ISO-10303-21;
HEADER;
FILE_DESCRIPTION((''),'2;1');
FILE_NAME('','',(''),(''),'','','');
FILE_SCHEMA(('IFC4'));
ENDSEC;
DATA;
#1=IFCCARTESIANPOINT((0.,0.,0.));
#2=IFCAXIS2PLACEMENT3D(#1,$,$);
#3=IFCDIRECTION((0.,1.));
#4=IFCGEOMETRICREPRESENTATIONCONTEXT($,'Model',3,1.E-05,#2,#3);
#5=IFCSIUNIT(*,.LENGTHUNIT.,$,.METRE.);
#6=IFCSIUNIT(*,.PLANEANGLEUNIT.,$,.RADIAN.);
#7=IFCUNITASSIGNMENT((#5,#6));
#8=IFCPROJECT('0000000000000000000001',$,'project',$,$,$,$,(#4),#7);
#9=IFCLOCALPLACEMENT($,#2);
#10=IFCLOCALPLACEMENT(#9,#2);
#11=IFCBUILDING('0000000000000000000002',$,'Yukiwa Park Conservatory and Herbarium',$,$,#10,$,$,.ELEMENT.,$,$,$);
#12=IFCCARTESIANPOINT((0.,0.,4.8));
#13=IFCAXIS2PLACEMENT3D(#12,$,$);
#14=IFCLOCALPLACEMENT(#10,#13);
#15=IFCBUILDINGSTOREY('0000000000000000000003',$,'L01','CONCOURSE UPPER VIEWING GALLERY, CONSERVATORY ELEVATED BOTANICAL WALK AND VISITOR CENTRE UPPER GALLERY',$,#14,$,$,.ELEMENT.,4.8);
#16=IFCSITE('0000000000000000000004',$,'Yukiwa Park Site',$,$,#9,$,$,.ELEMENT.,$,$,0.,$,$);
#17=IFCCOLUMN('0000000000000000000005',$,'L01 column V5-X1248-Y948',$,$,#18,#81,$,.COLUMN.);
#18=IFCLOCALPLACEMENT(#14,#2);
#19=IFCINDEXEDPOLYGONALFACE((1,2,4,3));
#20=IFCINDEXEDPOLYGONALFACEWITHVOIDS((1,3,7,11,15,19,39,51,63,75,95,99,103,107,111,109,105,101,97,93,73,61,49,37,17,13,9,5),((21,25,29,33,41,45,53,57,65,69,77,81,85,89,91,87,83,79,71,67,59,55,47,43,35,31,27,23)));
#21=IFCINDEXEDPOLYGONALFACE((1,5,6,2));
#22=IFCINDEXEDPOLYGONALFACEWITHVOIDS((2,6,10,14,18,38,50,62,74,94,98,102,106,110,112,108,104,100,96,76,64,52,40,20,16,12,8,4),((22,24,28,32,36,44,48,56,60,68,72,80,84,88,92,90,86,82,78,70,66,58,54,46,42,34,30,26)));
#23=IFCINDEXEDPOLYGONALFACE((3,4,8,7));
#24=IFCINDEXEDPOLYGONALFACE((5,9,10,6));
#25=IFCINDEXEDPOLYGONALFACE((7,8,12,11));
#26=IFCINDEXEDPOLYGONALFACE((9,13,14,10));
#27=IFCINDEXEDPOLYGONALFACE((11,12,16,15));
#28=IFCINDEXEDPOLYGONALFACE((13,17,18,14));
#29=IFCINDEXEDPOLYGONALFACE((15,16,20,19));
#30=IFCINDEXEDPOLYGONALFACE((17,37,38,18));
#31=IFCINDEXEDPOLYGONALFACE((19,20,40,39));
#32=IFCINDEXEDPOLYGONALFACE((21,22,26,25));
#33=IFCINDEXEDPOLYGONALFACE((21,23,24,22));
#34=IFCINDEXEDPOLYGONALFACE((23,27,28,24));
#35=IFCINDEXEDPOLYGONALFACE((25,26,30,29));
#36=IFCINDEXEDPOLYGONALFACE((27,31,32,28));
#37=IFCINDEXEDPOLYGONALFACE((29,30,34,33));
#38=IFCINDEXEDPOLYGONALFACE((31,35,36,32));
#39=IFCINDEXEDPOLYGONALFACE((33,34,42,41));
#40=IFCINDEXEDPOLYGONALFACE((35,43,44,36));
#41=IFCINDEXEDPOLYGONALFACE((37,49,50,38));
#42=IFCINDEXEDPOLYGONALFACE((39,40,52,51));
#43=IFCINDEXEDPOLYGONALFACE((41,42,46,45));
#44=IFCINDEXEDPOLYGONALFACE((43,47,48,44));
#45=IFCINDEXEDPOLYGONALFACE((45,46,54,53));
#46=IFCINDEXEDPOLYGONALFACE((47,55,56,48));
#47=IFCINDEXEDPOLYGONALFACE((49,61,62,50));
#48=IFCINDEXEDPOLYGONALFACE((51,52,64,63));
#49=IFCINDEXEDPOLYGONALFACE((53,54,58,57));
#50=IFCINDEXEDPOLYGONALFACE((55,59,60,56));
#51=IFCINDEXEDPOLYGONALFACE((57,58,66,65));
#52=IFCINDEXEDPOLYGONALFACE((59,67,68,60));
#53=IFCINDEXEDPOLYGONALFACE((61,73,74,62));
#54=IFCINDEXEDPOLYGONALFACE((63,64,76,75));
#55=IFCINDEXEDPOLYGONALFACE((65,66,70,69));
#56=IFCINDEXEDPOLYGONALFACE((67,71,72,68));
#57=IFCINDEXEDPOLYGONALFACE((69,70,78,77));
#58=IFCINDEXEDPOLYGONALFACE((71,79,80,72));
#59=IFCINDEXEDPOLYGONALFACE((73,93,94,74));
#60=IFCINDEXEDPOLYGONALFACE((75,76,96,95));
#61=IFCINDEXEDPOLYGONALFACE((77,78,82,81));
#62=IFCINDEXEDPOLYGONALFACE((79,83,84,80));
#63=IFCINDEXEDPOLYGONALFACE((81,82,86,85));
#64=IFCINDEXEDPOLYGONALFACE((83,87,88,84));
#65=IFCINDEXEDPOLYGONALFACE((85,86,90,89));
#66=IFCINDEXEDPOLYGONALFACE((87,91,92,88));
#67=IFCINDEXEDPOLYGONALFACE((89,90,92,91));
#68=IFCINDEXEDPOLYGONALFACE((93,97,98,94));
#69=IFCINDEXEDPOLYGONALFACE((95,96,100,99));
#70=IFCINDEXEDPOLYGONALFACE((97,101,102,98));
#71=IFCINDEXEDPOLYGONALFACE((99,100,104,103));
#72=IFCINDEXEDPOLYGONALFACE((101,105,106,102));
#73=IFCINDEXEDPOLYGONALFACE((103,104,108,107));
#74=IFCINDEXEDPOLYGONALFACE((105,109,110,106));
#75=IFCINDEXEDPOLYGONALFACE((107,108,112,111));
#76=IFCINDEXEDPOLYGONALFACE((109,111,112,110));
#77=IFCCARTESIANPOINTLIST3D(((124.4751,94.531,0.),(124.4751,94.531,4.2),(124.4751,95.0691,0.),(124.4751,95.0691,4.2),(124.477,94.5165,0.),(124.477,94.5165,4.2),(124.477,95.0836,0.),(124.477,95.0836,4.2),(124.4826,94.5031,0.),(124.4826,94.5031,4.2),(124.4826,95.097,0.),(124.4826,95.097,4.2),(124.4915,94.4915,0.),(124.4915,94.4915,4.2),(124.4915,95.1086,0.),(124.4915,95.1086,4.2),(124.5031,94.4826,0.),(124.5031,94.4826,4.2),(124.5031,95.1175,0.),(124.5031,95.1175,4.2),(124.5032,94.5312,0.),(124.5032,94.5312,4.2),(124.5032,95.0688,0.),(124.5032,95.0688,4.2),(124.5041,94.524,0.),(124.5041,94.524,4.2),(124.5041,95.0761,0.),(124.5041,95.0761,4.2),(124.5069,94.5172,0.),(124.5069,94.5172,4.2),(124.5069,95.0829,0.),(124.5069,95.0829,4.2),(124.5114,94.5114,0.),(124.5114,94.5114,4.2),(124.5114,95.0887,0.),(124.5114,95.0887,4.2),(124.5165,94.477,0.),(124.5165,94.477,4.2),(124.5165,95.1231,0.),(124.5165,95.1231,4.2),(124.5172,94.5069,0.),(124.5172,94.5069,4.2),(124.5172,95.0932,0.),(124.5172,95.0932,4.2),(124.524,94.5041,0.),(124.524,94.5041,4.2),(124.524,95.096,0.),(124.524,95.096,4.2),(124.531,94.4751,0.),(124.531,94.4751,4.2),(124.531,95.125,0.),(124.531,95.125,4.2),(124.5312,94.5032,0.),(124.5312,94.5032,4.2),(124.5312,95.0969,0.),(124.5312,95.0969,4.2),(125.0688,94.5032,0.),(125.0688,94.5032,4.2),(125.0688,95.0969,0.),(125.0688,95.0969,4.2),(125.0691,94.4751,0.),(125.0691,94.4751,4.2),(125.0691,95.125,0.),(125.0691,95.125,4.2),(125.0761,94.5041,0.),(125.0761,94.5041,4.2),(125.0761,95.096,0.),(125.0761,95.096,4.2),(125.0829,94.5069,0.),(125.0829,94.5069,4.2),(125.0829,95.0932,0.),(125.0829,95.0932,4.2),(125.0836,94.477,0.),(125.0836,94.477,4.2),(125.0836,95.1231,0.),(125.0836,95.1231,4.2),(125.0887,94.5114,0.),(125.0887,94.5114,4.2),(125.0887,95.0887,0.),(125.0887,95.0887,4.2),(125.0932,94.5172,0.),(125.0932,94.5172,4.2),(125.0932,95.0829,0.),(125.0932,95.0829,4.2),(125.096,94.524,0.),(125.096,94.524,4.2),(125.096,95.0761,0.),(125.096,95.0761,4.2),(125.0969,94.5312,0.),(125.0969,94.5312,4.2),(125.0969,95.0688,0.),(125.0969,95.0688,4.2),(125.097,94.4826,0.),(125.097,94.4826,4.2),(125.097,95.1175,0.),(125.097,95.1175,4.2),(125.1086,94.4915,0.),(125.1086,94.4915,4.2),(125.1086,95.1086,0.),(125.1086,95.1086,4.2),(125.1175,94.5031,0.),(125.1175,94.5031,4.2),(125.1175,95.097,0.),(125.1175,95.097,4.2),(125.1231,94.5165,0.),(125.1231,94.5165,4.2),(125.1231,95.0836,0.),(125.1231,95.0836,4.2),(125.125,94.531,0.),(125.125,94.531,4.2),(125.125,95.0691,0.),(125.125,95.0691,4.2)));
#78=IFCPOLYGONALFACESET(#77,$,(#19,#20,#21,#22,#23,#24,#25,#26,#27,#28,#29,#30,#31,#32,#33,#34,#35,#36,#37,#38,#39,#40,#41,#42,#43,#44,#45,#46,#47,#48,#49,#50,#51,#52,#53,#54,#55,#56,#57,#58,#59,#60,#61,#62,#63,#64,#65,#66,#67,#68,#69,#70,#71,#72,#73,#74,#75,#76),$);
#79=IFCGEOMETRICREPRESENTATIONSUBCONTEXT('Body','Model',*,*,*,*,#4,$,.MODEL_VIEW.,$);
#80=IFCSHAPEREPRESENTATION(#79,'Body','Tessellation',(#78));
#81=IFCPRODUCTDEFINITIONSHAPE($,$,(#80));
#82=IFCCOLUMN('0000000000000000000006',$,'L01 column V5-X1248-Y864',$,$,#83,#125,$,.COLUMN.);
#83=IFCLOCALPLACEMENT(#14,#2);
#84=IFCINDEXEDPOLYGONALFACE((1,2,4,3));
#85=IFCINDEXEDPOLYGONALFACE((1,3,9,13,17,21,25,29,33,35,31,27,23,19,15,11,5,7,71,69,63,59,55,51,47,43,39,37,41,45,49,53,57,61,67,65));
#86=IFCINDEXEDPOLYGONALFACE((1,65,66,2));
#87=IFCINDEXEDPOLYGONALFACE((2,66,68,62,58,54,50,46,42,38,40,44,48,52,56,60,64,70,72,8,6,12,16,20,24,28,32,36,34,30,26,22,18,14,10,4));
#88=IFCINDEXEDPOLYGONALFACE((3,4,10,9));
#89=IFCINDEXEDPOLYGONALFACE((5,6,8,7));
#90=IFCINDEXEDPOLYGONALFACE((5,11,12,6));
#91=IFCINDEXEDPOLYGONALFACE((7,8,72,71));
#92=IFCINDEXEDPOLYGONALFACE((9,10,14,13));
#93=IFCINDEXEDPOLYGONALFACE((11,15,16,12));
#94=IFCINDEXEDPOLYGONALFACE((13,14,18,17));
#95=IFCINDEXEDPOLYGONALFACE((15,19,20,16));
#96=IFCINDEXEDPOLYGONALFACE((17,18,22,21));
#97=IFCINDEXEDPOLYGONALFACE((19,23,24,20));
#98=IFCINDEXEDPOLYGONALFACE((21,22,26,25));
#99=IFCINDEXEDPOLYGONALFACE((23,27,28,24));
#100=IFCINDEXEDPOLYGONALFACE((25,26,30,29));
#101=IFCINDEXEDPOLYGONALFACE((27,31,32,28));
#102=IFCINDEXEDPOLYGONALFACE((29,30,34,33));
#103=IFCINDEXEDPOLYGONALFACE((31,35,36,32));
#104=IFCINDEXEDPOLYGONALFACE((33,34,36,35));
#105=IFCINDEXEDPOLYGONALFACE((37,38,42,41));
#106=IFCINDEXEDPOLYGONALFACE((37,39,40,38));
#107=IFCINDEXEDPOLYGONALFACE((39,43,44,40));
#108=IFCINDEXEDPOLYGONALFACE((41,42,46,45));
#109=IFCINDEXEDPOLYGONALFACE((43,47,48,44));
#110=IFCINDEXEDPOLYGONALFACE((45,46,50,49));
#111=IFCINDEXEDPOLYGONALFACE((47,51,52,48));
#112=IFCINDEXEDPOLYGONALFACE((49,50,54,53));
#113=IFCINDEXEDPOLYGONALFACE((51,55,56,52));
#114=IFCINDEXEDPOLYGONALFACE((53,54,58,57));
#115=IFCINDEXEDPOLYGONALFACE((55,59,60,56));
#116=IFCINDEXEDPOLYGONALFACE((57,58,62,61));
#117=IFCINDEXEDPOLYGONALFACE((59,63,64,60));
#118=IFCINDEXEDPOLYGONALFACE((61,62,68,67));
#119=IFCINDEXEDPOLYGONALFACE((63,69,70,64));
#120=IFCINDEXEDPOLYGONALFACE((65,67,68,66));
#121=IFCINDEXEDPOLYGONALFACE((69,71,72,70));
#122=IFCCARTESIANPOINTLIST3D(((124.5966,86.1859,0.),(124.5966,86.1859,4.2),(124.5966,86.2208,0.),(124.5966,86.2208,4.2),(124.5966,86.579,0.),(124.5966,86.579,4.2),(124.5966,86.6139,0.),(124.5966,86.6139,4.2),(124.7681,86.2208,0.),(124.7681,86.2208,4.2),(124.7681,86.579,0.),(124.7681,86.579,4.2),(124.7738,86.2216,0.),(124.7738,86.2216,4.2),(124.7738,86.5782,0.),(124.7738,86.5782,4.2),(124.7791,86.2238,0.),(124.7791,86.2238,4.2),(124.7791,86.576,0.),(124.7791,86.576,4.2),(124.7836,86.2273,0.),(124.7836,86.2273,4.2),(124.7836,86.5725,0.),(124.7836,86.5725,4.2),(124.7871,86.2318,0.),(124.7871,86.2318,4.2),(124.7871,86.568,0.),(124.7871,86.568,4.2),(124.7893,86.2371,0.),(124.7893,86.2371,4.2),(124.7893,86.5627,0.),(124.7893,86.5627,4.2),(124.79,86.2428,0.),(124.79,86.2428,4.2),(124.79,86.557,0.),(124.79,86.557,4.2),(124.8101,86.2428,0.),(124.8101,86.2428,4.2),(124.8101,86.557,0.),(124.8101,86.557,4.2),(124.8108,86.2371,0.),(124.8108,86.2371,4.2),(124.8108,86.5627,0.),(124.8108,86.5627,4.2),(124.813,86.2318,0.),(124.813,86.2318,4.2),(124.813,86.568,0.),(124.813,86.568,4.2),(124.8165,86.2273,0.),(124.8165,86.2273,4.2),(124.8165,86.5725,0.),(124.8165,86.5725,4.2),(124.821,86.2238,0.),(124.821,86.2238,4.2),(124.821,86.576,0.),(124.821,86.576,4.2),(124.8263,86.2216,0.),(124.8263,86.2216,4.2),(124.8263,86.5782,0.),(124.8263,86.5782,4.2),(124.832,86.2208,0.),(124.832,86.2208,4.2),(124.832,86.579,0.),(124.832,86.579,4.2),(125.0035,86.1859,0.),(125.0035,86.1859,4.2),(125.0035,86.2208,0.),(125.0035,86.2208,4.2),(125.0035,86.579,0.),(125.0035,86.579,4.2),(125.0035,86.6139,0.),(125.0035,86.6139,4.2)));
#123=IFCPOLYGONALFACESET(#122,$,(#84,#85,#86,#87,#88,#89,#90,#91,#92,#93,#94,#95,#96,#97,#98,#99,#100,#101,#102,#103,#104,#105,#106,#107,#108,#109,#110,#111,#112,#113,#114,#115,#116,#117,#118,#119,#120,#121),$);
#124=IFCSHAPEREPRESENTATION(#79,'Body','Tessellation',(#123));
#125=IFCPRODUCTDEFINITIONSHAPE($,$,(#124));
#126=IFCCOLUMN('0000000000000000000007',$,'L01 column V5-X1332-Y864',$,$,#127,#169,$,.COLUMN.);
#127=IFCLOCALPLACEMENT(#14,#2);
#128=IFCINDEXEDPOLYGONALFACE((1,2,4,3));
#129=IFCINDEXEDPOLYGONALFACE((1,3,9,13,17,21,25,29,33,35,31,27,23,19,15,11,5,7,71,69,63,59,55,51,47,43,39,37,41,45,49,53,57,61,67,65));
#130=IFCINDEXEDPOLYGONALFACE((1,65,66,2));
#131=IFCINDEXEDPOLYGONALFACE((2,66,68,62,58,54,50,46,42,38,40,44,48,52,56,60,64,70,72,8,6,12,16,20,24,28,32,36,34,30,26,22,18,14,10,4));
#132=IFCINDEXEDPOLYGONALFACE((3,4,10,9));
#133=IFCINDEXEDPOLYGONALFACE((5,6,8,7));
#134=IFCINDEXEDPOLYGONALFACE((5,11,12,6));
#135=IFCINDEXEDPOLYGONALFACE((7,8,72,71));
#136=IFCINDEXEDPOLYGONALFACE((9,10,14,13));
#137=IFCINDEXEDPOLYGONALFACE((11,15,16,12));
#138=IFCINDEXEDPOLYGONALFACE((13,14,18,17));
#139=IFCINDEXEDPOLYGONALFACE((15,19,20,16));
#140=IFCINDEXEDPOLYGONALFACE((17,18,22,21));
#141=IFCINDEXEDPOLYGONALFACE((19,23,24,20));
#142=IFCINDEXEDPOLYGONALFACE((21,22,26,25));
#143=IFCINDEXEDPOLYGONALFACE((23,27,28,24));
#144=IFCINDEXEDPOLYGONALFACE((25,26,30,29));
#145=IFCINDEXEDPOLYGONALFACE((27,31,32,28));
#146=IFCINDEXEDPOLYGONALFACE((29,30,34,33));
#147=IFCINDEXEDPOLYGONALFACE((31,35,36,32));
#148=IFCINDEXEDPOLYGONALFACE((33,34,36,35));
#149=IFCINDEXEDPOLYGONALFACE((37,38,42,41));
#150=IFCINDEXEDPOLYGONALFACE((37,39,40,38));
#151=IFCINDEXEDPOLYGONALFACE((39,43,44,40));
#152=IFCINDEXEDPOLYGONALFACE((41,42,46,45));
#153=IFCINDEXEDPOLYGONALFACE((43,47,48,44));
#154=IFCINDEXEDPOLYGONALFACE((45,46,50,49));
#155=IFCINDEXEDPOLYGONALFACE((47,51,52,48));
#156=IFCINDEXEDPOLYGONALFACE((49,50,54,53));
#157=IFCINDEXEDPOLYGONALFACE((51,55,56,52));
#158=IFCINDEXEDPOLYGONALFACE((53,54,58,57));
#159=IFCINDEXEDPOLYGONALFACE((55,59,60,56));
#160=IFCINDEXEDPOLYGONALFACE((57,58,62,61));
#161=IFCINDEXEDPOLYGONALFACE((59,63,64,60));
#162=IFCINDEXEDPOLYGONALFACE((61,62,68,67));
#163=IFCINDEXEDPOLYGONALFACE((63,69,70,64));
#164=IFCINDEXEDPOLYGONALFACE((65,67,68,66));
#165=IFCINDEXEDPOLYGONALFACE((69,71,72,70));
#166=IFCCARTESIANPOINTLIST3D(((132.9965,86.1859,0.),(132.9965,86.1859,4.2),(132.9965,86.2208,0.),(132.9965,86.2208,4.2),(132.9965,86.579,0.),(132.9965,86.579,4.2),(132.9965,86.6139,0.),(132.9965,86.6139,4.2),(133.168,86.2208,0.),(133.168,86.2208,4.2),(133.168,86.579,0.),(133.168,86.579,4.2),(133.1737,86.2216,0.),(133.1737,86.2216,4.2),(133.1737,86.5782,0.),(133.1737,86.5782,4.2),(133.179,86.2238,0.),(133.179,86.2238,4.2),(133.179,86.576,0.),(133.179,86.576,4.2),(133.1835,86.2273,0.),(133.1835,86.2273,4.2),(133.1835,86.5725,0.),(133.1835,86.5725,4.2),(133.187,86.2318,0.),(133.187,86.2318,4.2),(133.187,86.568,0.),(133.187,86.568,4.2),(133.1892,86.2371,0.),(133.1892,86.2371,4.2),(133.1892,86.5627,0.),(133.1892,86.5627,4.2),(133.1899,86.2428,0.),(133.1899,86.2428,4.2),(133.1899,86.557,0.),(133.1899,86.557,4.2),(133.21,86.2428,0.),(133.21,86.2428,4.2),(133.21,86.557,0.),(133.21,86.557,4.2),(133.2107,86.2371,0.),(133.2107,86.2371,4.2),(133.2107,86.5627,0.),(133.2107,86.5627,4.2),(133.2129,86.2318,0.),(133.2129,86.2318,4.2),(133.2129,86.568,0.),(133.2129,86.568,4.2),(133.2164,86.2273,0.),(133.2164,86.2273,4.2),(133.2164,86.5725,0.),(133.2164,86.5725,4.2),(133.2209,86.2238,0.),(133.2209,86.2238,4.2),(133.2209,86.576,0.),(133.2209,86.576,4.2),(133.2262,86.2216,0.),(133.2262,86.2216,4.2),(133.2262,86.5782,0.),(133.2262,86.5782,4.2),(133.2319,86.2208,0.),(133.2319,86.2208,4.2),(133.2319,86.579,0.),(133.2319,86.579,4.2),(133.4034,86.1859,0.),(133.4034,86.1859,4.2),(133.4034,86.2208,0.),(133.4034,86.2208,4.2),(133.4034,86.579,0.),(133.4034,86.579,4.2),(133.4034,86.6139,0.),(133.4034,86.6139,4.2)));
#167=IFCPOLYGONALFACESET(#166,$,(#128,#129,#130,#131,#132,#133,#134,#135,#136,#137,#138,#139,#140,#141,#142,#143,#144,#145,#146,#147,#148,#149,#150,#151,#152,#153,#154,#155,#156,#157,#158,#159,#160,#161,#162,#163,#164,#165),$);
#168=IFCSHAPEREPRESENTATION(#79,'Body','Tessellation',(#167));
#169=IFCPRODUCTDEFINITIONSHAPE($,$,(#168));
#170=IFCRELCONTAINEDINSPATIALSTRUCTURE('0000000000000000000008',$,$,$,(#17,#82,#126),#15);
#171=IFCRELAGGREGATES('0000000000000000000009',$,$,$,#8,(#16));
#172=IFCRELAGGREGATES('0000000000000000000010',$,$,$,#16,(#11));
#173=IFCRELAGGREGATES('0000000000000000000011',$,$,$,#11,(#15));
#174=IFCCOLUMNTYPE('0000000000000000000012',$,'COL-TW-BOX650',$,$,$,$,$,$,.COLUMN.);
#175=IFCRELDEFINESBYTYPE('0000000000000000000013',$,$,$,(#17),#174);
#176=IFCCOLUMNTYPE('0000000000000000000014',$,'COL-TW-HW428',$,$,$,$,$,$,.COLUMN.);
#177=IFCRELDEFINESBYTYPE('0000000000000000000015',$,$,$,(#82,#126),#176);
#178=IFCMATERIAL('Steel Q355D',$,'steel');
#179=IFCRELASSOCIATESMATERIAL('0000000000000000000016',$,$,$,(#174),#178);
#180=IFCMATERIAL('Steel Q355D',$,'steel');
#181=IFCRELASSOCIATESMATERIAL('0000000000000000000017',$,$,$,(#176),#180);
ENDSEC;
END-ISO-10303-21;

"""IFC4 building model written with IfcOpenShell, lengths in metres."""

from ifc_helpers import new_model, si_unit, direction, frame, origin, origin_2d, place, context, subcontext, project, spatial, hollow_rectangle, i_section, extrude, material, material_profile, profile_set, type_object, element, save


model = new_model("IFC4")

# Units and contexts
model_context = context("Model", 3, precision=1e-05, world=origin(), true_north=direction((0.0, 1.0)))
body_context = subcontext(model_context, "Body", "Model", "MODEL_VIEW")
ifc_project = project(units=[si_unit("LENGTHUNIT", "METRE"), si_unit("PLANEANGLEUNIT", "RADIAN")], contexts=[model_context])

# Site, building, storey
site_placement = place(None, origin())
site = spatial("IfcSite", under=ifc_project, at=site_placement, Name="Yukiwa Park Site", CompositionType="ELEMENT", RefElevation=0.0)
building_placement = place(site_placement, origin())
building = spatial("IfcBuilding", under=site, at=building_placement, Name="Yukiwa Park Conservatory and Herbarium", CompositionType="ELEMENT")
storey_placement = place(building_placement, frame((0.0, 0.0, 4.8)))
storey = spatial("IfcBuildingStorey", under=building, at=storey_placement, Name="L01", Description="CONCOURSE UPPER VIEWING GALLERY, CONSERVATORY ELEVATED BOTANICAL WALK AND VISITOR CENTRE UPPER GALLERY", CompositionType="ELEMENT", Elevation=4.8)

# Columns
ifc_material_1 = material(Name="Steel Q355D", Category="steel")
ifc_material_profile_1 = material_profile(ifc_material_1, hollow_rectangle(XDim=0.6499, YDim=0.6499, WallThickness=0.0281, InnerFilletRadius=0.0281, OuterFilletRadius=0.0559, at=origin_2d()), Name="BOX 650x650x28")
ifc_profile_set_1 = profile_set([ifc_material_profile_1], Name="Steel Q355D")
column_type_1 = type_object("IfcColumnType", Name="COL-TW-BOX650", PredefinedType="COLUMN", material=ifc_profile_set_1)
column_placement = place(storey_placement, frame((124.8, 94.8, 0.0), z_axis=(0.0, 0.0, 1.0), x_axis=(1.0, 0.0, 0.0)))
element("IfcColumn", 1, at=column_placement, inside=storey, type_object=column_type_1, Name="L01 column V5-X1248-Y948", PredefinedType="COLUMN", context=body_context, shape_type="SweptSolid", body=[
    extrude(hollow_rectangle(XDim=0.6499, YDim=0.6499, WallThickness=0.0281, InnerFilletRadius=0.0281, OuterFilletRadius=0.0559, at=origin_2d()), origin(), (0.0, 0.0, 1.0), 4.2),
])
ifc_material_2 = material(Name="Steel Q355D", Category="steel")
ifc_material_profile_2 = material_profile(ifc_material_2, i_section(OverallWidth=0.407, OverallDepth=0.428, WebThickness=0.02, FlangeThickness=0.0349, FilletRadius=0.022, at=origin_2d()), Name="HW 428x407x20x35")
ifc_profile_set_2 = profile_set([ifc_material_profile_2], Name="Steel Q355D")
column_type_2 = type_object("IfcColumnType", Name="COL-TW-HW428", PredefinedType="COLUMN", material=ifc_profile_set_2)
for number, where, z_axis, x_axis, name in (
    (2, (124.8, 86.3999, 0.0), (0.0, 0.0, 1.0), (1.0, 0.0, 0.0), "L01 column V5-X1248-Y864"),
    (3, (133.2, 86.3999, 0.0), (0.0, 0.0, 1.0), (1.0, 0.0, 0.0), "L01 column V5-X1332-Y864"),
):
    element("IfcColumn", number, at=place(storey_placement, frame(where, z_axis=z_axis, x_axis=x_axis)), inside=storey, type_object=column_type_2, Name=name, PredefinedType="COLUMN", context=body_context, shape_type="SweptSolid", body=[
        extrude(i_section(OverallWidth=0.407, OverallDepth=0.428, WebThickness=0.02, FlangeThickness=0.0349, FilletRadius=0.022, at=origin_2d()), origin(), (0.0, 0.0, 1.0), 4.2),
    ])

save(model, "model.ifc")
